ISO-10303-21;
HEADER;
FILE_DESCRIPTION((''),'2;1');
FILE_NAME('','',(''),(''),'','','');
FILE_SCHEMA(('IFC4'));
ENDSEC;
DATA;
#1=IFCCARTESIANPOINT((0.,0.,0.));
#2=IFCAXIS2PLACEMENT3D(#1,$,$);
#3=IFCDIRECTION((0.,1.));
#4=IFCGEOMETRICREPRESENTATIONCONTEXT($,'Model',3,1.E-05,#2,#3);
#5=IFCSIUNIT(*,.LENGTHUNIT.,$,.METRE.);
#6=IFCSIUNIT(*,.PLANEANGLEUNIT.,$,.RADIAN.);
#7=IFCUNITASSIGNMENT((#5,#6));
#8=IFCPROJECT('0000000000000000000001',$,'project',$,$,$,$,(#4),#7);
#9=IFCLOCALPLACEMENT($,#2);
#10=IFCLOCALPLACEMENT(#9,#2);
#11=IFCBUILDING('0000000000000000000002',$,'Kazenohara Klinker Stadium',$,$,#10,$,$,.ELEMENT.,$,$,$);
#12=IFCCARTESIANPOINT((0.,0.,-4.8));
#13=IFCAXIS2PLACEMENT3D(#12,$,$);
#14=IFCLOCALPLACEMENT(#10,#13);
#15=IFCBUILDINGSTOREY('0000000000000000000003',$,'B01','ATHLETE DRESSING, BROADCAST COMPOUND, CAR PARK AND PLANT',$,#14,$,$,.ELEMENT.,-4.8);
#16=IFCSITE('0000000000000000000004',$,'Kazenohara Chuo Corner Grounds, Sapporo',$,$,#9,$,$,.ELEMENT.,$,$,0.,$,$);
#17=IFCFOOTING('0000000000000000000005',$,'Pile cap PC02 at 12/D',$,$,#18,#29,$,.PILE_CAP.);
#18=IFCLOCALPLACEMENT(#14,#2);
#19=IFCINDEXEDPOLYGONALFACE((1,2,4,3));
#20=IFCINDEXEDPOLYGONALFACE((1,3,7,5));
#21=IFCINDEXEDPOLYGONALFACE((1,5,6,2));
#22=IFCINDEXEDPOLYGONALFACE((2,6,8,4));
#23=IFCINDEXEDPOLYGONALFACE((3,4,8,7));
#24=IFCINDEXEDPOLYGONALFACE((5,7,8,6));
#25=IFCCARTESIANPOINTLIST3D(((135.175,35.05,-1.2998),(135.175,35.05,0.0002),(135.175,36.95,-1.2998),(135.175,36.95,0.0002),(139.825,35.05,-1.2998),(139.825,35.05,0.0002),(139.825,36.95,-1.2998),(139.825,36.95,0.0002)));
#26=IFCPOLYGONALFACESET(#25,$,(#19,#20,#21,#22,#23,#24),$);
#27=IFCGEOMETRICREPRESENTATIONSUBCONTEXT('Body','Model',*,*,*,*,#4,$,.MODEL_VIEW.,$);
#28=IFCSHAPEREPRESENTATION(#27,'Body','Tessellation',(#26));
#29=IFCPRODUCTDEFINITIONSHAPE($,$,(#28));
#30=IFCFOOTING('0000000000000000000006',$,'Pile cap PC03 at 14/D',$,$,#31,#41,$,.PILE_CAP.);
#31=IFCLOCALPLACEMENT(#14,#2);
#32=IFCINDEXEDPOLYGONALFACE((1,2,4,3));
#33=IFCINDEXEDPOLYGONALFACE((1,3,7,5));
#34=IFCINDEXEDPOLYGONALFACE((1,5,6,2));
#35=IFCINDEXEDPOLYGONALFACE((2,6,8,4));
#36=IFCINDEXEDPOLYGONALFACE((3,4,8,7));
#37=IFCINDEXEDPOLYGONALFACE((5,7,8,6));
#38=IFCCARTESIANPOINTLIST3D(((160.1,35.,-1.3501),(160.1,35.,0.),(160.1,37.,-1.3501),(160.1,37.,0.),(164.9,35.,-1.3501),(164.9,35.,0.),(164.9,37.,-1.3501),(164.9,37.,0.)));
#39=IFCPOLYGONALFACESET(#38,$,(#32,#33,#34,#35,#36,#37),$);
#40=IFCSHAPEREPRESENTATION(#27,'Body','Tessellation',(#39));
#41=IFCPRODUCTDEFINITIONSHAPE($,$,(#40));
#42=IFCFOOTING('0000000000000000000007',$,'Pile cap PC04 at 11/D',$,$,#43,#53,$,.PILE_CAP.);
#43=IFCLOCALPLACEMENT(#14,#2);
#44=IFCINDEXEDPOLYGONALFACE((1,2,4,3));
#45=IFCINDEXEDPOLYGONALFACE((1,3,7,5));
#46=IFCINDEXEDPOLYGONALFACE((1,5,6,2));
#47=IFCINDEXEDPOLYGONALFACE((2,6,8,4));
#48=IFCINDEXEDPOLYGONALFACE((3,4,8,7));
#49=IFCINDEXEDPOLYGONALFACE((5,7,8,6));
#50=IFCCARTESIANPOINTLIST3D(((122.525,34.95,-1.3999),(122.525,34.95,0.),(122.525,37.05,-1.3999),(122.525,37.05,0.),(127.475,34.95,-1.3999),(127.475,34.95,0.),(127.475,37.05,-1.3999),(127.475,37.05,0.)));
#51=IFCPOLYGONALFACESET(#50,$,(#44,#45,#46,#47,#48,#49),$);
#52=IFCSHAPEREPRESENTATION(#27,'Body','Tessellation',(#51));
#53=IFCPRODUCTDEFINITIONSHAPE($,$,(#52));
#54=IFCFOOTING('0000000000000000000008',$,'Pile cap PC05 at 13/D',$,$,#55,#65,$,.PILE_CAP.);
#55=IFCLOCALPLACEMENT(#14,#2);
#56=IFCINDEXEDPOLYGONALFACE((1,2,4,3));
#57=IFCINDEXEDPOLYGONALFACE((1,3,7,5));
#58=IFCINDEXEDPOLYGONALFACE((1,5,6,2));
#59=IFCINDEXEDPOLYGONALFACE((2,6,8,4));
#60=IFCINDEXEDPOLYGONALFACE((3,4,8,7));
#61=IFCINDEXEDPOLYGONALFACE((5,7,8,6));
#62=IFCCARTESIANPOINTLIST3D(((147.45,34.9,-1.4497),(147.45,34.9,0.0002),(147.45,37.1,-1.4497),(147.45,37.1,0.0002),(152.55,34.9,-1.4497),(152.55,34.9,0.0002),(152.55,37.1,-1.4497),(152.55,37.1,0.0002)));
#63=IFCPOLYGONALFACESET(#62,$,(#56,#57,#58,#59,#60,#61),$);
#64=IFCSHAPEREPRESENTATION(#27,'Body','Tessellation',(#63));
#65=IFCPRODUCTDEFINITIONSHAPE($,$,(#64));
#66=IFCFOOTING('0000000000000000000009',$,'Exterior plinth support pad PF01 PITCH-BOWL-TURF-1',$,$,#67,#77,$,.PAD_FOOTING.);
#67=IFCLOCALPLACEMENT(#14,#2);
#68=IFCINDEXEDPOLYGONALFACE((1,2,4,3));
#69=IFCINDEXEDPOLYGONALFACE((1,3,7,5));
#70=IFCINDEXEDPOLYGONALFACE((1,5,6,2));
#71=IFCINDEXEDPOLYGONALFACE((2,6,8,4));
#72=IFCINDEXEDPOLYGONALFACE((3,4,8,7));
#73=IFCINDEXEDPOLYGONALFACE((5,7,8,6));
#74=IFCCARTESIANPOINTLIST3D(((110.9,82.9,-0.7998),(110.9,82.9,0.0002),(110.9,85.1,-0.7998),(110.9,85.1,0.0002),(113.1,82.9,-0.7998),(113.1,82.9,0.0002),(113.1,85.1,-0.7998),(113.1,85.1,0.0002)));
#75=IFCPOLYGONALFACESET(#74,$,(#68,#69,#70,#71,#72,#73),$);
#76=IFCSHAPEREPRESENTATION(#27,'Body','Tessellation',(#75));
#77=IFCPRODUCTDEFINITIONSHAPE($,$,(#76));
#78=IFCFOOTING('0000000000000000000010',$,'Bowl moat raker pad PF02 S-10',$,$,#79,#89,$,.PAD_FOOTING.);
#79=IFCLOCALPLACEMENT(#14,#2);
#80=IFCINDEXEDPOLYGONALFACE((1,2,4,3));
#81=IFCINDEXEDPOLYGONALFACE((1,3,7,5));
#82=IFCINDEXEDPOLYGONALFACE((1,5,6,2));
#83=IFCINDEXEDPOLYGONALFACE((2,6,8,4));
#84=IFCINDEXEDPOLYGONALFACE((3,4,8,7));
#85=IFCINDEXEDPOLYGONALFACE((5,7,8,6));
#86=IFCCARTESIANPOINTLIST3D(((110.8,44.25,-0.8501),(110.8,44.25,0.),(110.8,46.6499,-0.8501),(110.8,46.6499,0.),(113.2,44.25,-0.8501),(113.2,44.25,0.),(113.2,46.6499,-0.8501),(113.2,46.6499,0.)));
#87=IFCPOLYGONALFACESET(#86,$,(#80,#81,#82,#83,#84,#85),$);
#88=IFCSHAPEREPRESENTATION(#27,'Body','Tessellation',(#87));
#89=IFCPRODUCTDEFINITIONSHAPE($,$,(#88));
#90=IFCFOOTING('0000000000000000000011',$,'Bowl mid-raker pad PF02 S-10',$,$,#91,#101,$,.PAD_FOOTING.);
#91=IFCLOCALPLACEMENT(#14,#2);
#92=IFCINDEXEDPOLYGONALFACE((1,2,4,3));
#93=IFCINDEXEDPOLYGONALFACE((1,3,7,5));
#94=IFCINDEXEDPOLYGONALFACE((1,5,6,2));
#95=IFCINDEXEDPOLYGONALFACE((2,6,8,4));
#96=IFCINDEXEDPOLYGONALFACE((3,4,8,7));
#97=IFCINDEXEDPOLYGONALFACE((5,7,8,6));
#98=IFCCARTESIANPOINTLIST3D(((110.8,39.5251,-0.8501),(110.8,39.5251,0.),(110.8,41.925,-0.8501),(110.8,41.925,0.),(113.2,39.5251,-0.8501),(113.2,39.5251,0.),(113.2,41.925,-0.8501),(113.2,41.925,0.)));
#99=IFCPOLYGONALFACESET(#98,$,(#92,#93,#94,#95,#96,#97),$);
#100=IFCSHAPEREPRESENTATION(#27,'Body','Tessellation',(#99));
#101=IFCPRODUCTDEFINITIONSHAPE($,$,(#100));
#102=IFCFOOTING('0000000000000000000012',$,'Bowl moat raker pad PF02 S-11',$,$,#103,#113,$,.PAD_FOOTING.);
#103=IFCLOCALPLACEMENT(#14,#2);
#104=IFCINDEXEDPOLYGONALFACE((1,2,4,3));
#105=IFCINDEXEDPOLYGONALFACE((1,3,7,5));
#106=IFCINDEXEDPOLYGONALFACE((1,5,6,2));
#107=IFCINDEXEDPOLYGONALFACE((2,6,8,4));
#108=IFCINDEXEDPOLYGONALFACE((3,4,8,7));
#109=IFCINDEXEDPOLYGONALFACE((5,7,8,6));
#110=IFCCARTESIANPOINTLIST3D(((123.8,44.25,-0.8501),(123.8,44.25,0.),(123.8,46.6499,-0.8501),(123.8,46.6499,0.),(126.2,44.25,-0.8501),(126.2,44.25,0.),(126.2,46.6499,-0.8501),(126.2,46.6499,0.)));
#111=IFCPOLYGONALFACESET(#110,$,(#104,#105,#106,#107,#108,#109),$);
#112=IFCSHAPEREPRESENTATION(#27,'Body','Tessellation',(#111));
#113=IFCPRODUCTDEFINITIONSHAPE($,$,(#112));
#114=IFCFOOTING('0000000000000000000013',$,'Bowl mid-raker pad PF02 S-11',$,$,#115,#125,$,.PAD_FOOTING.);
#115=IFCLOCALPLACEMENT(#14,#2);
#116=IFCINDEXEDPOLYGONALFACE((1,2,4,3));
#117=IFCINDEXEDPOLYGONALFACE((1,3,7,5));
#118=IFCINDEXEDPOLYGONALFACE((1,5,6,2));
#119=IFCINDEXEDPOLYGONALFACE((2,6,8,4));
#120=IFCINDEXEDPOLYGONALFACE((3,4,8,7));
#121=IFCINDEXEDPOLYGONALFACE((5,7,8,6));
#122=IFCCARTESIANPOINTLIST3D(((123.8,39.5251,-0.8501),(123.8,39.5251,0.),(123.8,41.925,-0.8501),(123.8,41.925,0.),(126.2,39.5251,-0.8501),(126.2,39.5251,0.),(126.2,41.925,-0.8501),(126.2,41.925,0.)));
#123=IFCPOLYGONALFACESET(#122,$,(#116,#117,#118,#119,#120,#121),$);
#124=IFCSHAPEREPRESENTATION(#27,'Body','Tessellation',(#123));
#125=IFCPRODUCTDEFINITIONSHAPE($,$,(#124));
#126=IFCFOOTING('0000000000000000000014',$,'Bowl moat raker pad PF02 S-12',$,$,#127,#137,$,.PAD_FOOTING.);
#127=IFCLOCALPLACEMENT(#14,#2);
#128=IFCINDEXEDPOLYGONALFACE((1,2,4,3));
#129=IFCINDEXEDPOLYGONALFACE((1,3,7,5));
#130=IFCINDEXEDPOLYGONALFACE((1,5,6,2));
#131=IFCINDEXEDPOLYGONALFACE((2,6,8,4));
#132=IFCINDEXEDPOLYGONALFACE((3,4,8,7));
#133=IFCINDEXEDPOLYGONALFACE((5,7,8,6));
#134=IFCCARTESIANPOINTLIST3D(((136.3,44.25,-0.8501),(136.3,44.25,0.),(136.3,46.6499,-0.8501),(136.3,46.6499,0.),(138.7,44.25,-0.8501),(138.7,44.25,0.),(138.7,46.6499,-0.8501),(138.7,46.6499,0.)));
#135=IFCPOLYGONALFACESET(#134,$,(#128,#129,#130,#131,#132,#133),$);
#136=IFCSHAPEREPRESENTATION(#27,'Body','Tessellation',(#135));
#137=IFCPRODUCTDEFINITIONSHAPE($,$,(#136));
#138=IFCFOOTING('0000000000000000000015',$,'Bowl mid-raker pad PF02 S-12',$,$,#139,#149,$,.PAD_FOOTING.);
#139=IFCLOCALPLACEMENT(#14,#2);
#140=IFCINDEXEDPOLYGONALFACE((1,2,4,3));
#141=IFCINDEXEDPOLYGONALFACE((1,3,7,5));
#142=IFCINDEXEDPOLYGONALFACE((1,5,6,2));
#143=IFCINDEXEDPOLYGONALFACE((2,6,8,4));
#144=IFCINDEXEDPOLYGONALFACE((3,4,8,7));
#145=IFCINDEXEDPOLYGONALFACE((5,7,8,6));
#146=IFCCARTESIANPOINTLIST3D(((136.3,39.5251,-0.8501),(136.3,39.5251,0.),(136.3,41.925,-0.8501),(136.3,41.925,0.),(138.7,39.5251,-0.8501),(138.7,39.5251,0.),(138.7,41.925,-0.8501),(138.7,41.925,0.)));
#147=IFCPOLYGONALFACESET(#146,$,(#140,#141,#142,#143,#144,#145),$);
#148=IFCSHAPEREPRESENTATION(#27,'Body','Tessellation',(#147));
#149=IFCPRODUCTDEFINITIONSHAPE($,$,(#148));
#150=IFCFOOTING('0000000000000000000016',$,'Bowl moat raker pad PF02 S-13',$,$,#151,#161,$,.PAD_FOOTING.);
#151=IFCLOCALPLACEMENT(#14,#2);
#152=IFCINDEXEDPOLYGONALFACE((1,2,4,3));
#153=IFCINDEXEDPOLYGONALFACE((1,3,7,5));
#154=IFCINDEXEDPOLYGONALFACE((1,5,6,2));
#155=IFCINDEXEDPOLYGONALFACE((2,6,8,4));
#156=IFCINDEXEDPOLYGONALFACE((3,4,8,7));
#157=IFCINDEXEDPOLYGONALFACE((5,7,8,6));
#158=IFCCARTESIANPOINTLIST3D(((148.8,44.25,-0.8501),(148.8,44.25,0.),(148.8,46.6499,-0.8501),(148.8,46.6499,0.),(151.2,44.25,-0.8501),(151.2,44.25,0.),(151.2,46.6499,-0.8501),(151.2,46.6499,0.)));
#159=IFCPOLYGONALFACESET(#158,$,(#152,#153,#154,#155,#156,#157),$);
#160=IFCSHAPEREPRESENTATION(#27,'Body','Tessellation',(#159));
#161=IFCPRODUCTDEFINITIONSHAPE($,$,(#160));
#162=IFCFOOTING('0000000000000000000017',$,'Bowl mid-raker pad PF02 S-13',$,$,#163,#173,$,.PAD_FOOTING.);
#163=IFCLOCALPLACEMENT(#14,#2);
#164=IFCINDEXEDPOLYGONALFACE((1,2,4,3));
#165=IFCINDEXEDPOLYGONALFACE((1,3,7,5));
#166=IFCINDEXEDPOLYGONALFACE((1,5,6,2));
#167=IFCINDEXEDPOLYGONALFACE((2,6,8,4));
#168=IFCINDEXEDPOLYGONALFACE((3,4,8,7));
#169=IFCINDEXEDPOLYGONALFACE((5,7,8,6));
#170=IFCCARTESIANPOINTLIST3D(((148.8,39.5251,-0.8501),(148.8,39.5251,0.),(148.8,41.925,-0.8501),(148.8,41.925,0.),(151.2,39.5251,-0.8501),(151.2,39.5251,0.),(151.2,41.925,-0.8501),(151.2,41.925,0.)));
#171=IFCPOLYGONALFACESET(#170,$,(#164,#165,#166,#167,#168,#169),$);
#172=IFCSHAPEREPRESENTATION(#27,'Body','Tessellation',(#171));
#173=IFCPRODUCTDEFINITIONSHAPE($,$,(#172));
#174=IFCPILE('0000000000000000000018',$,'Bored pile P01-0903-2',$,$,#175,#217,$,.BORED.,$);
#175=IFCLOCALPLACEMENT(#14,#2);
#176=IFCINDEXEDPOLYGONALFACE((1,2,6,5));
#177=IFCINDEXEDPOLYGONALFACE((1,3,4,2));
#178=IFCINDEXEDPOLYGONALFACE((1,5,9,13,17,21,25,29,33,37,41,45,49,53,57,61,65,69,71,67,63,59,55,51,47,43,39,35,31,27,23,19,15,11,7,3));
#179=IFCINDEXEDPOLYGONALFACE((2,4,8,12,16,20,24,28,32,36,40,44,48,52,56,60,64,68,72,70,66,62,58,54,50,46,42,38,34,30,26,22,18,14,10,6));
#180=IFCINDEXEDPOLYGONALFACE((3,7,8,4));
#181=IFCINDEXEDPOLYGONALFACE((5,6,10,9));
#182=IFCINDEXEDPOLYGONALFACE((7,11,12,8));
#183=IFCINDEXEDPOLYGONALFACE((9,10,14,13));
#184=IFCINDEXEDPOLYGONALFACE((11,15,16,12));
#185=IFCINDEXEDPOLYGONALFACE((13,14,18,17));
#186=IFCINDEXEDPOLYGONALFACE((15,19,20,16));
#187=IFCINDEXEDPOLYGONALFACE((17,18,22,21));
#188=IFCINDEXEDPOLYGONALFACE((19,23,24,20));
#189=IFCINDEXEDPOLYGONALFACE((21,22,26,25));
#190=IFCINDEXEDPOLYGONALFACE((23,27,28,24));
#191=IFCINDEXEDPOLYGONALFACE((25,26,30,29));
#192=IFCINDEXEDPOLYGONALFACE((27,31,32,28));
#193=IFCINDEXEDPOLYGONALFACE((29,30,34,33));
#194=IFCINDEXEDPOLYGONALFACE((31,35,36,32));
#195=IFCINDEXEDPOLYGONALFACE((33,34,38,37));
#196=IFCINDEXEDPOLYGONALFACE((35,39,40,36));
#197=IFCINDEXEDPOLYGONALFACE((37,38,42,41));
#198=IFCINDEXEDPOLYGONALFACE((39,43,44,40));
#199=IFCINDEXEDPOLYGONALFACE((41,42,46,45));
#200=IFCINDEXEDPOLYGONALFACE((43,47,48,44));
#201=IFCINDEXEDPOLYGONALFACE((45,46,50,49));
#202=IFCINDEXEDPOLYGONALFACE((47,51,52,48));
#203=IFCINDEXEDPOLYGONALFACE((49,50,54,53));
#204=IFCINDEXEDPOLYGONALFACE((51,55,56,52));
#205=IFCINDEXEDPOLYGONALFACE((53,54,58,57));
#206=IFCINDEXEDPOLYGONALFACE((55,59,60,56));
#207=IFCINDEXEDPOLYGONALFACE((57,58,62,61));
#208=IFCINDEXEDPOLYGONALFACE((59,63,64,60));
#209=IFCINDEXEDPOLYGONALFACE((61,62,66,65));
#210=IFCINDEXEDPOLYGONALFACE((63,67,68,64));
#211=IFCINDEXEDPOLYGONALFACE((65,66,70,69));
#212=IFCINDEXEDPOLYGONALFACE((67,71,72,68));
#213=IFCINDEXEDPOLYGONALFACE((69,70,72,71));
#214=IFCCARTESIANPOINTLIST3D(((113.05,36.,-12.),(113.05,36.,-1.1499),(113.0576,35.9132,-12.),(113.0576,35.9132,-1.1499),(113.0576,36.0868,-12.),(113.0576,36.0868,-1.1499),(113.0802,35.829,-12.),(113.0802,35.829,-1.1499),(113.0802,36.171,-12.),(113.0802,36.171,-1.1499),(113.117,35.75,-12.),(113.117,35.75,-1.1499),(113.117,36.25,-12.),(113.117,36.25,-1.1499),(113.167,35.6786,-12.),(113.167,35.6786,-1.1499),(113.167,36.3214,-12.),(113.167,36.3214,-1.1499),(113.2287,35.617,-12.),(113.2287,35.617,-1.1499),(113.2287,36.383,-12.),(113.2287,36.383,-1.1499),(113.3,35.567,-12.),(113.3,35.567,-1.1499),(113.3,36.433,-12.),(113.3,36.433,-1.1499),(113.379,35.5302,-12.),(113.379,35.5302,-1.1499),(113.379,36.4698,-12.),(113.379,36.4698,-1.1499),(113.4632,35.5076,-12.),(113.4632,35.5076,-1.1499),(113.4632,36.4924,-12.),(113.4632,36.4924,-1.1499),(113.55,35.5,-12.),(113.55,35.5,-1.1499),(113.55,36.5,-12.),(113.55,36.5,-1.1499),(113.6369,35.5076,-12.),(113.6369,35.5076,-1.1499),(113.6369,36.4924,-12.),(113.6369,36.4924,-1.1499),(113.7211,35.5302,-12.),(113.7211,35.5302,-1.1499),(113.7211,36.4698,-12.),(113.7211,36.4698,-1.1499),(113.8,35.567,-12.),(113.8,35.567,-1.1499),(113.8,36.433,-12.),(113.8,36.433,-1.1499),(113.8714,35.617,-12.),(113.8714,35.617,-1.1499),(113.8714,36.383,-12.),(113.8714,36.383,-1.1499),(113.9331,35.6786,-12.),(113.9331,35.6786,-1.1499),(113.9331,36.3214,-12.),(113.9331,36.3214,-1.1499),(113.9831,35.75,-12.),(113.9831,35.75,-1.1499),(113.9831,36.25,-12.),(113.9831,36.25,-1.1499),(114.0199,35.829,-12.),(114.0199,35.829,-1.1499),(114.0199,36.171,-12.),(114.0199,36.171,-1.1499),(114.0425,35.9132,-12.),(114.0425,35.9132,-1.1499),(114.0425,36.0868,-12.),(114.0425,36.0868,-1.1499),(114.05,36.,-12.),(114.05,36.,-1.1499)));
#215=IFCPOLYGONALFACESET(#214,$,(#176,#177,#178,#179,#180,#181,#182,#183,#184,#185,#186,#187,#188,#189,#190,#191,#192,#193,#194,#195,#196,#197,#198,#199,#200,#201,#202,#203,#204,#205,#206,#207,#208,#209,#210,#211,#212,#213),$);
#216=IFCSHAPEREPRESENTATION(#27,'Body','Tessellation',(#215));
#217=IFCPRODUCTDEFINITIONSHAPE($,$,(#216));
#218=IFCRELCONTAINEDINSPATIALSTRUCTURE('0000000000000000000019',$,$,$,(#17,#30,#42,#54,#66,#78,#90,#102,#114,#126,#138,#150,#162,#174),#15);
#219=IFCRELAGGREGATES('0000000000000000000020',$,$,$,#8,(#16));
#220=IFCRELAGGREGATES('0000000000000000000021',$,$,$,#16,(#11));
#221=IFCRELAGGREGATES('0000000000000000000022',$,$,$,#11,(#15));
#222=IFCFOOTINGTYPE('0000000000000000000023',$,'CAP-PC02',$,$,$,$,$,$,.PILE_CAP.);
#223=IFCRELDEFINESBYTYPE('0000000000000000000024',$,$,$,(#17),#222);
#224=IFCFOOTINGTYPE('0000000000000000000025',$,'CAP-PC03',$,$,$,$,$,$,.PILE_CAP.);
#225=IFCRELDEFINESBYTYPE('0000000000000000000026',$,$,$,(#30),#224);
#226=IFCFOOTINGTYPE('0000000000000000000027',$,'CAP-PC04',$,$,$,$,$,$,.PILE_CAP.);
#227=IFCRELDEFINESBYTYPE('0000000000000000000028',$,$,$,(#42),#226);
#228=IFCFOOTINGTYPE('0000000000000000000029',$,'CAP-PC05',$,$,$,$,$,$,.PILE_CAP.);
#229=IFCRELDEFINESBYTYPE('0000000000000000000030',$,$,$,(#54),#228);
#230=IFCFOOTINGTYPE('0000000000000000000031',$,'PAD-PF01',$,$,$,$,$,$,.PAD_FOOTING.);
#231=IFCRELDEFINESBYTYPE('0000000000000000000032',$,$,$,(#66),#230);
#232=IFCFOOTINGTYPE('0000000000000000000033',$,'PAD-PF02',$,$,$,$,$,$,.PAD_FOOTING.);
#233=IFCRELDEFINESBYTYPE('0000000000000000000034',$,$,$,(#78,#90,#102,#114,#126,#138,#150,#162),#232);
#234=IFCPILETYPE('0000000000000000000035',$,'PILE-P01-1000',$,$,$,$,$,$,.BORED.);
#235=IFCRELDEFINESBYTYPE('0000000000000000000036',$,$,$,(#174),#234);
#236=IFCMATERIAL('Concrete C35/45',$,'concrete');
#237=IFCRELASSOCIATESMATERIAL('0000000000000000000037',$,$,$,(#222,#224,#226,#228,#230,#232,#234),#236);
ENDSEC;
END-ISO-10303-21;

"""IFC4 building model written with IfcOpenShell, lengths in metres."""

from ifc_helpers import new_model, si_unit, direction, frame, origin, origin_2d, place, context, subcontext, project, spatial, rectangle, circle, extrude, material, material_profile, profile_set, type_object, element, save


model = new_model("IFC4")

# Units and contexts
model_context = context("Model", 3, precision=1e-05, world=origin(), true_north=direction((0.0, 1.0)))
body_context = subcontext(model_context, "Body", "Model", "MODEL_VIEW")
ifc_project = project(units=[si_unit("LENGTHUNIT", "METRE"), si_unit("PLANEANGLEUNIT", "RADIAN")], contexts=[model_context])

# Site, building, storey
site_placement = place(None, origin())
site = spatial("IfcSite", under=ifc_project, at=site_placement, Name="Kazenohara Chuo Corner Grounds, Sapporo", CompositionType="ELEMENT", RefElevation=0.0)
building_placement = place(site_placement, origin())
building = spatial("IfcBuilding", under=site, at=building_placement, Name="Kazenohara Klinker Stadium", CompositionType="ELEMENT")
storey_placement = place(building_placement, frame((0.0, 0.0, -4.8)))
storey = spatial("IfcBuildingStorey", under=building, at=storey_placement, Name="B01", Description="ATHLETE DRESSING, BROADCAST COMPOUND, CAR PARK AND PLANT", CompositionType="ELEMENT", Elevation=-4.8)

# Footings
ifc_material_1 = material(Name="Concrete C35/45", Category="concrete")
footing_type_1 = type_object("IfcFootingType", Name="CAP-PC02", PredefinedType="PILE_CAP", material=ifc_material_1)
footing_1_placement = place(storey_placement, frame((137.5, 36.0, -1.2998), z_axis=(0.0, 0.0, 1.0), x_axis=(1.0, 0.0, 0.0)))
element("IfcFooting", 1, at=footing_1_placement, inside=storey, type_object=footing_type_1, Name="Pile cap PC02 at 12/D", PredefinedType="PILE_CAP", context=body_context, shape_type="SweptSolid", body=[
    extrude(rectangle(XDim=4.6499, YDim=1.8999, at=origin_2d()), origin(), (0.0, 0.0, 1.0), 1.3),
])
footing_type_2 = type_object("IfcFootingType", Name="CAP-PC03", PredefinedType="PILE_CAP", material=ifc_material_1)
footing_2_placement = place(storey_placement, frame((162.5, 36.0, -1.3501), z_axis=(0.0, 0.0, 1.0), x_axis=(1.0, 0.0, 0.0)))
element("IfcFooting", 2, at=footing_2_placement, inside=storey, type_object=footing_type_2, Name="Pile cap PC03 at 14/D", PredefinedType="PILE_CAP", context=body_context, shape_type="SweptSolid", body=[
    extrude(rectangle(XDim=4.8, YDim=2.0, at=origin_2d()), origin(), (0.0, 0.0, 1.0), 1.3501),
])
footing_type_3 = type_object("IfcFootingType", Name="CAP-PC04", PredefinedType="PILE_CAP", material=ifc_material_1)
footing_3_placement = place(storey_placement, frame((125.0, 36.0, -1.3999), z_axis=(0.0, 0.0, 1.0), x_axis=(1.0, 0.0, 0.0)))
element("IfcFooting", 3, at=footing_3_placement, inside=storey, type_object=footing_type_3, Name="Pile cap PC04 at 11/D", PredefinedType="PILE_CAP", context=body_context, shape_type="SweptSolid", body=[
    extrude(rectangle(XDim=4.95, YDim=2.1001, at=origin_2d()), origin(), (0.0, 0.0, 1.0), 1.3999),
])
footing_type_4 = type_object("IfcFootingType", Name="CAP-PC05", PredefinedType="PILE_CAP", material=ifc_material_1)
footing_4_placement = place(storey_placement, frame((150.0, 36.0, -1.4497), z_axis=(0.0, 0.0, 1.0), x_axis=(1.0, 0.0, 0.0)))
element("IfcFooting", 4, at=footing_4_placement, inside=storey, type_object=footing_type_4, Name="Pile cap PC05 at 13/D", PredefinedType="PILE_CAP", context=body_context, shape_type="SweptSolid", body=[
    extrude(rectangle(XDim=5.1001, YDim=2.2, at=origin_2d()), origin(), (0.0, 0.0, 1.0), 1.45),
])
footing_type_5 = type_object("IfcFootingType", Name="PAD-PF01", PredefinedType="PAD_FOOTING", material=ifc_material_1)
footing_5_placement = place(storey_placement, frame((112.0, 84.0, -0.7998), z_axis=(0.0, 0.0, 1.0), x_axis=(1.0, 0.0, 0.0)))
element("IfcFooting", 5, at=footing_5_placement, inside=storey, type_object=footing_type_5, Name="Exterior plinth support pad PF01 PITCH-BOWL-TURF-1", PredefinedType="PAD_FOOTING", context=body_context, shape_type="SweptSolid", body=[
    extrude(rectangle(XDim=2.2, YDim=2.2, at=origin_2d()), origin(), (0.0, 0.0, 1.0), 0.8),
])
footing_type_6 = type_object("IfcFootingType", Name="PAD-PF02", PredefinedType="PAD_FOOTING", material=ifc_material_1)
for number, where, z_axis, x_axis, name in (
    (6, (112.0, 45.45, -0.8501), (0.0, 0.0, 1.0), (1.0, 0.0, 0.0), "Bowl moat raker pad PF02 S-10"),
    (7, (112.0, 40.7251, -0.8501), (0.0, 0.0, 1.0), (1.0, 0.0, 0.0), "Bowl mid-raker pad PF02 S-10"),
    (8, (125.0, 45.45, -0.8501), (0.0, 0.0, 1.0), (1.0, 0.0, 0.0), "Bowl moat raker pad PF02 S-11"),
    (9, (125.0, 40.7251, -0.8501), (0.0, 0.0, 1.0), (1.0, 0.0, 0.0), "Bowl mid-raker pad PF02 S-11"),
    (10, (137.5, 45.45, -0.8501), (0.0, 0.0, 1.0), (1.0, 0.0, 0.0), "Bowl moat raker pad PF02 S-12"),
    (11, (137.5, 40.7251, -0.8501), (0.0, 0.0, 1.0), (1.0, 0.0, 0.0), "Bowl mid-raker pad PF02 S-12"),
    (12, (150.0, 45.45, -0.8501), (0.0, 0.0, 1.0), (1.0, 0.0, 0.0), "Bowl moat raker pad PF02 S-13"),
    (13, (150.0, 40.7251, -0.8501), (0.0, 0.0, 1.0), (1.0, 0.0, 0.0), "Bowl mid-raker pad PF02 S-13"),
):
    element("IfcFooting", number, at=place(storey_placement, frame(where, z_axis=z_axis, x_axis=x_axis)), inside=storey, type_object=footing_type_6, Name=name, PredefinedType="PAD_FOOTING", context=body_context, shape_type="SweptSolid", body=[
        extrude(rectangle(XDim=2.3999, YDim=2.3999, at=origin_2d()), origin(), (0.0, 0.0, 1.0), 0.8501),
    ])

# Pile
ifc_material_profile_1 = material_profile(ifc_material_1, circle(Radius=0.5, at=origin_2d()), Name="BORED-PILE-1000")
ifc_profile_set_1 = profile_set([ifc_material_profile_1], Name="Concrete C35/45")
pile_type = type_object("IfcPileType", Name="PILE-P01-1000", PredefinedType="BORED", material=ifc_profile_set_1)
pile_1_placement = place(storey_placement, frame((113.55, 36.0, -1.1499), z_axis=(0.0, 0.0, -1.0), x_axis=(1.0, 0.0, 0.0)))
element("IfcPile", 14, at=pile_1_placement, inside=storey, type_object=pile_type, Name="Bored pile P01-0903-2", PredefinedType="BORED", context=body_context, shape_type="SweptSolid", body=[
    extrude(circle(Radius=0.5, at=origin_2d()), origin(), (0.0, 0.0, 1.0), 10.8501),
])

save(model, "model.ifc")
